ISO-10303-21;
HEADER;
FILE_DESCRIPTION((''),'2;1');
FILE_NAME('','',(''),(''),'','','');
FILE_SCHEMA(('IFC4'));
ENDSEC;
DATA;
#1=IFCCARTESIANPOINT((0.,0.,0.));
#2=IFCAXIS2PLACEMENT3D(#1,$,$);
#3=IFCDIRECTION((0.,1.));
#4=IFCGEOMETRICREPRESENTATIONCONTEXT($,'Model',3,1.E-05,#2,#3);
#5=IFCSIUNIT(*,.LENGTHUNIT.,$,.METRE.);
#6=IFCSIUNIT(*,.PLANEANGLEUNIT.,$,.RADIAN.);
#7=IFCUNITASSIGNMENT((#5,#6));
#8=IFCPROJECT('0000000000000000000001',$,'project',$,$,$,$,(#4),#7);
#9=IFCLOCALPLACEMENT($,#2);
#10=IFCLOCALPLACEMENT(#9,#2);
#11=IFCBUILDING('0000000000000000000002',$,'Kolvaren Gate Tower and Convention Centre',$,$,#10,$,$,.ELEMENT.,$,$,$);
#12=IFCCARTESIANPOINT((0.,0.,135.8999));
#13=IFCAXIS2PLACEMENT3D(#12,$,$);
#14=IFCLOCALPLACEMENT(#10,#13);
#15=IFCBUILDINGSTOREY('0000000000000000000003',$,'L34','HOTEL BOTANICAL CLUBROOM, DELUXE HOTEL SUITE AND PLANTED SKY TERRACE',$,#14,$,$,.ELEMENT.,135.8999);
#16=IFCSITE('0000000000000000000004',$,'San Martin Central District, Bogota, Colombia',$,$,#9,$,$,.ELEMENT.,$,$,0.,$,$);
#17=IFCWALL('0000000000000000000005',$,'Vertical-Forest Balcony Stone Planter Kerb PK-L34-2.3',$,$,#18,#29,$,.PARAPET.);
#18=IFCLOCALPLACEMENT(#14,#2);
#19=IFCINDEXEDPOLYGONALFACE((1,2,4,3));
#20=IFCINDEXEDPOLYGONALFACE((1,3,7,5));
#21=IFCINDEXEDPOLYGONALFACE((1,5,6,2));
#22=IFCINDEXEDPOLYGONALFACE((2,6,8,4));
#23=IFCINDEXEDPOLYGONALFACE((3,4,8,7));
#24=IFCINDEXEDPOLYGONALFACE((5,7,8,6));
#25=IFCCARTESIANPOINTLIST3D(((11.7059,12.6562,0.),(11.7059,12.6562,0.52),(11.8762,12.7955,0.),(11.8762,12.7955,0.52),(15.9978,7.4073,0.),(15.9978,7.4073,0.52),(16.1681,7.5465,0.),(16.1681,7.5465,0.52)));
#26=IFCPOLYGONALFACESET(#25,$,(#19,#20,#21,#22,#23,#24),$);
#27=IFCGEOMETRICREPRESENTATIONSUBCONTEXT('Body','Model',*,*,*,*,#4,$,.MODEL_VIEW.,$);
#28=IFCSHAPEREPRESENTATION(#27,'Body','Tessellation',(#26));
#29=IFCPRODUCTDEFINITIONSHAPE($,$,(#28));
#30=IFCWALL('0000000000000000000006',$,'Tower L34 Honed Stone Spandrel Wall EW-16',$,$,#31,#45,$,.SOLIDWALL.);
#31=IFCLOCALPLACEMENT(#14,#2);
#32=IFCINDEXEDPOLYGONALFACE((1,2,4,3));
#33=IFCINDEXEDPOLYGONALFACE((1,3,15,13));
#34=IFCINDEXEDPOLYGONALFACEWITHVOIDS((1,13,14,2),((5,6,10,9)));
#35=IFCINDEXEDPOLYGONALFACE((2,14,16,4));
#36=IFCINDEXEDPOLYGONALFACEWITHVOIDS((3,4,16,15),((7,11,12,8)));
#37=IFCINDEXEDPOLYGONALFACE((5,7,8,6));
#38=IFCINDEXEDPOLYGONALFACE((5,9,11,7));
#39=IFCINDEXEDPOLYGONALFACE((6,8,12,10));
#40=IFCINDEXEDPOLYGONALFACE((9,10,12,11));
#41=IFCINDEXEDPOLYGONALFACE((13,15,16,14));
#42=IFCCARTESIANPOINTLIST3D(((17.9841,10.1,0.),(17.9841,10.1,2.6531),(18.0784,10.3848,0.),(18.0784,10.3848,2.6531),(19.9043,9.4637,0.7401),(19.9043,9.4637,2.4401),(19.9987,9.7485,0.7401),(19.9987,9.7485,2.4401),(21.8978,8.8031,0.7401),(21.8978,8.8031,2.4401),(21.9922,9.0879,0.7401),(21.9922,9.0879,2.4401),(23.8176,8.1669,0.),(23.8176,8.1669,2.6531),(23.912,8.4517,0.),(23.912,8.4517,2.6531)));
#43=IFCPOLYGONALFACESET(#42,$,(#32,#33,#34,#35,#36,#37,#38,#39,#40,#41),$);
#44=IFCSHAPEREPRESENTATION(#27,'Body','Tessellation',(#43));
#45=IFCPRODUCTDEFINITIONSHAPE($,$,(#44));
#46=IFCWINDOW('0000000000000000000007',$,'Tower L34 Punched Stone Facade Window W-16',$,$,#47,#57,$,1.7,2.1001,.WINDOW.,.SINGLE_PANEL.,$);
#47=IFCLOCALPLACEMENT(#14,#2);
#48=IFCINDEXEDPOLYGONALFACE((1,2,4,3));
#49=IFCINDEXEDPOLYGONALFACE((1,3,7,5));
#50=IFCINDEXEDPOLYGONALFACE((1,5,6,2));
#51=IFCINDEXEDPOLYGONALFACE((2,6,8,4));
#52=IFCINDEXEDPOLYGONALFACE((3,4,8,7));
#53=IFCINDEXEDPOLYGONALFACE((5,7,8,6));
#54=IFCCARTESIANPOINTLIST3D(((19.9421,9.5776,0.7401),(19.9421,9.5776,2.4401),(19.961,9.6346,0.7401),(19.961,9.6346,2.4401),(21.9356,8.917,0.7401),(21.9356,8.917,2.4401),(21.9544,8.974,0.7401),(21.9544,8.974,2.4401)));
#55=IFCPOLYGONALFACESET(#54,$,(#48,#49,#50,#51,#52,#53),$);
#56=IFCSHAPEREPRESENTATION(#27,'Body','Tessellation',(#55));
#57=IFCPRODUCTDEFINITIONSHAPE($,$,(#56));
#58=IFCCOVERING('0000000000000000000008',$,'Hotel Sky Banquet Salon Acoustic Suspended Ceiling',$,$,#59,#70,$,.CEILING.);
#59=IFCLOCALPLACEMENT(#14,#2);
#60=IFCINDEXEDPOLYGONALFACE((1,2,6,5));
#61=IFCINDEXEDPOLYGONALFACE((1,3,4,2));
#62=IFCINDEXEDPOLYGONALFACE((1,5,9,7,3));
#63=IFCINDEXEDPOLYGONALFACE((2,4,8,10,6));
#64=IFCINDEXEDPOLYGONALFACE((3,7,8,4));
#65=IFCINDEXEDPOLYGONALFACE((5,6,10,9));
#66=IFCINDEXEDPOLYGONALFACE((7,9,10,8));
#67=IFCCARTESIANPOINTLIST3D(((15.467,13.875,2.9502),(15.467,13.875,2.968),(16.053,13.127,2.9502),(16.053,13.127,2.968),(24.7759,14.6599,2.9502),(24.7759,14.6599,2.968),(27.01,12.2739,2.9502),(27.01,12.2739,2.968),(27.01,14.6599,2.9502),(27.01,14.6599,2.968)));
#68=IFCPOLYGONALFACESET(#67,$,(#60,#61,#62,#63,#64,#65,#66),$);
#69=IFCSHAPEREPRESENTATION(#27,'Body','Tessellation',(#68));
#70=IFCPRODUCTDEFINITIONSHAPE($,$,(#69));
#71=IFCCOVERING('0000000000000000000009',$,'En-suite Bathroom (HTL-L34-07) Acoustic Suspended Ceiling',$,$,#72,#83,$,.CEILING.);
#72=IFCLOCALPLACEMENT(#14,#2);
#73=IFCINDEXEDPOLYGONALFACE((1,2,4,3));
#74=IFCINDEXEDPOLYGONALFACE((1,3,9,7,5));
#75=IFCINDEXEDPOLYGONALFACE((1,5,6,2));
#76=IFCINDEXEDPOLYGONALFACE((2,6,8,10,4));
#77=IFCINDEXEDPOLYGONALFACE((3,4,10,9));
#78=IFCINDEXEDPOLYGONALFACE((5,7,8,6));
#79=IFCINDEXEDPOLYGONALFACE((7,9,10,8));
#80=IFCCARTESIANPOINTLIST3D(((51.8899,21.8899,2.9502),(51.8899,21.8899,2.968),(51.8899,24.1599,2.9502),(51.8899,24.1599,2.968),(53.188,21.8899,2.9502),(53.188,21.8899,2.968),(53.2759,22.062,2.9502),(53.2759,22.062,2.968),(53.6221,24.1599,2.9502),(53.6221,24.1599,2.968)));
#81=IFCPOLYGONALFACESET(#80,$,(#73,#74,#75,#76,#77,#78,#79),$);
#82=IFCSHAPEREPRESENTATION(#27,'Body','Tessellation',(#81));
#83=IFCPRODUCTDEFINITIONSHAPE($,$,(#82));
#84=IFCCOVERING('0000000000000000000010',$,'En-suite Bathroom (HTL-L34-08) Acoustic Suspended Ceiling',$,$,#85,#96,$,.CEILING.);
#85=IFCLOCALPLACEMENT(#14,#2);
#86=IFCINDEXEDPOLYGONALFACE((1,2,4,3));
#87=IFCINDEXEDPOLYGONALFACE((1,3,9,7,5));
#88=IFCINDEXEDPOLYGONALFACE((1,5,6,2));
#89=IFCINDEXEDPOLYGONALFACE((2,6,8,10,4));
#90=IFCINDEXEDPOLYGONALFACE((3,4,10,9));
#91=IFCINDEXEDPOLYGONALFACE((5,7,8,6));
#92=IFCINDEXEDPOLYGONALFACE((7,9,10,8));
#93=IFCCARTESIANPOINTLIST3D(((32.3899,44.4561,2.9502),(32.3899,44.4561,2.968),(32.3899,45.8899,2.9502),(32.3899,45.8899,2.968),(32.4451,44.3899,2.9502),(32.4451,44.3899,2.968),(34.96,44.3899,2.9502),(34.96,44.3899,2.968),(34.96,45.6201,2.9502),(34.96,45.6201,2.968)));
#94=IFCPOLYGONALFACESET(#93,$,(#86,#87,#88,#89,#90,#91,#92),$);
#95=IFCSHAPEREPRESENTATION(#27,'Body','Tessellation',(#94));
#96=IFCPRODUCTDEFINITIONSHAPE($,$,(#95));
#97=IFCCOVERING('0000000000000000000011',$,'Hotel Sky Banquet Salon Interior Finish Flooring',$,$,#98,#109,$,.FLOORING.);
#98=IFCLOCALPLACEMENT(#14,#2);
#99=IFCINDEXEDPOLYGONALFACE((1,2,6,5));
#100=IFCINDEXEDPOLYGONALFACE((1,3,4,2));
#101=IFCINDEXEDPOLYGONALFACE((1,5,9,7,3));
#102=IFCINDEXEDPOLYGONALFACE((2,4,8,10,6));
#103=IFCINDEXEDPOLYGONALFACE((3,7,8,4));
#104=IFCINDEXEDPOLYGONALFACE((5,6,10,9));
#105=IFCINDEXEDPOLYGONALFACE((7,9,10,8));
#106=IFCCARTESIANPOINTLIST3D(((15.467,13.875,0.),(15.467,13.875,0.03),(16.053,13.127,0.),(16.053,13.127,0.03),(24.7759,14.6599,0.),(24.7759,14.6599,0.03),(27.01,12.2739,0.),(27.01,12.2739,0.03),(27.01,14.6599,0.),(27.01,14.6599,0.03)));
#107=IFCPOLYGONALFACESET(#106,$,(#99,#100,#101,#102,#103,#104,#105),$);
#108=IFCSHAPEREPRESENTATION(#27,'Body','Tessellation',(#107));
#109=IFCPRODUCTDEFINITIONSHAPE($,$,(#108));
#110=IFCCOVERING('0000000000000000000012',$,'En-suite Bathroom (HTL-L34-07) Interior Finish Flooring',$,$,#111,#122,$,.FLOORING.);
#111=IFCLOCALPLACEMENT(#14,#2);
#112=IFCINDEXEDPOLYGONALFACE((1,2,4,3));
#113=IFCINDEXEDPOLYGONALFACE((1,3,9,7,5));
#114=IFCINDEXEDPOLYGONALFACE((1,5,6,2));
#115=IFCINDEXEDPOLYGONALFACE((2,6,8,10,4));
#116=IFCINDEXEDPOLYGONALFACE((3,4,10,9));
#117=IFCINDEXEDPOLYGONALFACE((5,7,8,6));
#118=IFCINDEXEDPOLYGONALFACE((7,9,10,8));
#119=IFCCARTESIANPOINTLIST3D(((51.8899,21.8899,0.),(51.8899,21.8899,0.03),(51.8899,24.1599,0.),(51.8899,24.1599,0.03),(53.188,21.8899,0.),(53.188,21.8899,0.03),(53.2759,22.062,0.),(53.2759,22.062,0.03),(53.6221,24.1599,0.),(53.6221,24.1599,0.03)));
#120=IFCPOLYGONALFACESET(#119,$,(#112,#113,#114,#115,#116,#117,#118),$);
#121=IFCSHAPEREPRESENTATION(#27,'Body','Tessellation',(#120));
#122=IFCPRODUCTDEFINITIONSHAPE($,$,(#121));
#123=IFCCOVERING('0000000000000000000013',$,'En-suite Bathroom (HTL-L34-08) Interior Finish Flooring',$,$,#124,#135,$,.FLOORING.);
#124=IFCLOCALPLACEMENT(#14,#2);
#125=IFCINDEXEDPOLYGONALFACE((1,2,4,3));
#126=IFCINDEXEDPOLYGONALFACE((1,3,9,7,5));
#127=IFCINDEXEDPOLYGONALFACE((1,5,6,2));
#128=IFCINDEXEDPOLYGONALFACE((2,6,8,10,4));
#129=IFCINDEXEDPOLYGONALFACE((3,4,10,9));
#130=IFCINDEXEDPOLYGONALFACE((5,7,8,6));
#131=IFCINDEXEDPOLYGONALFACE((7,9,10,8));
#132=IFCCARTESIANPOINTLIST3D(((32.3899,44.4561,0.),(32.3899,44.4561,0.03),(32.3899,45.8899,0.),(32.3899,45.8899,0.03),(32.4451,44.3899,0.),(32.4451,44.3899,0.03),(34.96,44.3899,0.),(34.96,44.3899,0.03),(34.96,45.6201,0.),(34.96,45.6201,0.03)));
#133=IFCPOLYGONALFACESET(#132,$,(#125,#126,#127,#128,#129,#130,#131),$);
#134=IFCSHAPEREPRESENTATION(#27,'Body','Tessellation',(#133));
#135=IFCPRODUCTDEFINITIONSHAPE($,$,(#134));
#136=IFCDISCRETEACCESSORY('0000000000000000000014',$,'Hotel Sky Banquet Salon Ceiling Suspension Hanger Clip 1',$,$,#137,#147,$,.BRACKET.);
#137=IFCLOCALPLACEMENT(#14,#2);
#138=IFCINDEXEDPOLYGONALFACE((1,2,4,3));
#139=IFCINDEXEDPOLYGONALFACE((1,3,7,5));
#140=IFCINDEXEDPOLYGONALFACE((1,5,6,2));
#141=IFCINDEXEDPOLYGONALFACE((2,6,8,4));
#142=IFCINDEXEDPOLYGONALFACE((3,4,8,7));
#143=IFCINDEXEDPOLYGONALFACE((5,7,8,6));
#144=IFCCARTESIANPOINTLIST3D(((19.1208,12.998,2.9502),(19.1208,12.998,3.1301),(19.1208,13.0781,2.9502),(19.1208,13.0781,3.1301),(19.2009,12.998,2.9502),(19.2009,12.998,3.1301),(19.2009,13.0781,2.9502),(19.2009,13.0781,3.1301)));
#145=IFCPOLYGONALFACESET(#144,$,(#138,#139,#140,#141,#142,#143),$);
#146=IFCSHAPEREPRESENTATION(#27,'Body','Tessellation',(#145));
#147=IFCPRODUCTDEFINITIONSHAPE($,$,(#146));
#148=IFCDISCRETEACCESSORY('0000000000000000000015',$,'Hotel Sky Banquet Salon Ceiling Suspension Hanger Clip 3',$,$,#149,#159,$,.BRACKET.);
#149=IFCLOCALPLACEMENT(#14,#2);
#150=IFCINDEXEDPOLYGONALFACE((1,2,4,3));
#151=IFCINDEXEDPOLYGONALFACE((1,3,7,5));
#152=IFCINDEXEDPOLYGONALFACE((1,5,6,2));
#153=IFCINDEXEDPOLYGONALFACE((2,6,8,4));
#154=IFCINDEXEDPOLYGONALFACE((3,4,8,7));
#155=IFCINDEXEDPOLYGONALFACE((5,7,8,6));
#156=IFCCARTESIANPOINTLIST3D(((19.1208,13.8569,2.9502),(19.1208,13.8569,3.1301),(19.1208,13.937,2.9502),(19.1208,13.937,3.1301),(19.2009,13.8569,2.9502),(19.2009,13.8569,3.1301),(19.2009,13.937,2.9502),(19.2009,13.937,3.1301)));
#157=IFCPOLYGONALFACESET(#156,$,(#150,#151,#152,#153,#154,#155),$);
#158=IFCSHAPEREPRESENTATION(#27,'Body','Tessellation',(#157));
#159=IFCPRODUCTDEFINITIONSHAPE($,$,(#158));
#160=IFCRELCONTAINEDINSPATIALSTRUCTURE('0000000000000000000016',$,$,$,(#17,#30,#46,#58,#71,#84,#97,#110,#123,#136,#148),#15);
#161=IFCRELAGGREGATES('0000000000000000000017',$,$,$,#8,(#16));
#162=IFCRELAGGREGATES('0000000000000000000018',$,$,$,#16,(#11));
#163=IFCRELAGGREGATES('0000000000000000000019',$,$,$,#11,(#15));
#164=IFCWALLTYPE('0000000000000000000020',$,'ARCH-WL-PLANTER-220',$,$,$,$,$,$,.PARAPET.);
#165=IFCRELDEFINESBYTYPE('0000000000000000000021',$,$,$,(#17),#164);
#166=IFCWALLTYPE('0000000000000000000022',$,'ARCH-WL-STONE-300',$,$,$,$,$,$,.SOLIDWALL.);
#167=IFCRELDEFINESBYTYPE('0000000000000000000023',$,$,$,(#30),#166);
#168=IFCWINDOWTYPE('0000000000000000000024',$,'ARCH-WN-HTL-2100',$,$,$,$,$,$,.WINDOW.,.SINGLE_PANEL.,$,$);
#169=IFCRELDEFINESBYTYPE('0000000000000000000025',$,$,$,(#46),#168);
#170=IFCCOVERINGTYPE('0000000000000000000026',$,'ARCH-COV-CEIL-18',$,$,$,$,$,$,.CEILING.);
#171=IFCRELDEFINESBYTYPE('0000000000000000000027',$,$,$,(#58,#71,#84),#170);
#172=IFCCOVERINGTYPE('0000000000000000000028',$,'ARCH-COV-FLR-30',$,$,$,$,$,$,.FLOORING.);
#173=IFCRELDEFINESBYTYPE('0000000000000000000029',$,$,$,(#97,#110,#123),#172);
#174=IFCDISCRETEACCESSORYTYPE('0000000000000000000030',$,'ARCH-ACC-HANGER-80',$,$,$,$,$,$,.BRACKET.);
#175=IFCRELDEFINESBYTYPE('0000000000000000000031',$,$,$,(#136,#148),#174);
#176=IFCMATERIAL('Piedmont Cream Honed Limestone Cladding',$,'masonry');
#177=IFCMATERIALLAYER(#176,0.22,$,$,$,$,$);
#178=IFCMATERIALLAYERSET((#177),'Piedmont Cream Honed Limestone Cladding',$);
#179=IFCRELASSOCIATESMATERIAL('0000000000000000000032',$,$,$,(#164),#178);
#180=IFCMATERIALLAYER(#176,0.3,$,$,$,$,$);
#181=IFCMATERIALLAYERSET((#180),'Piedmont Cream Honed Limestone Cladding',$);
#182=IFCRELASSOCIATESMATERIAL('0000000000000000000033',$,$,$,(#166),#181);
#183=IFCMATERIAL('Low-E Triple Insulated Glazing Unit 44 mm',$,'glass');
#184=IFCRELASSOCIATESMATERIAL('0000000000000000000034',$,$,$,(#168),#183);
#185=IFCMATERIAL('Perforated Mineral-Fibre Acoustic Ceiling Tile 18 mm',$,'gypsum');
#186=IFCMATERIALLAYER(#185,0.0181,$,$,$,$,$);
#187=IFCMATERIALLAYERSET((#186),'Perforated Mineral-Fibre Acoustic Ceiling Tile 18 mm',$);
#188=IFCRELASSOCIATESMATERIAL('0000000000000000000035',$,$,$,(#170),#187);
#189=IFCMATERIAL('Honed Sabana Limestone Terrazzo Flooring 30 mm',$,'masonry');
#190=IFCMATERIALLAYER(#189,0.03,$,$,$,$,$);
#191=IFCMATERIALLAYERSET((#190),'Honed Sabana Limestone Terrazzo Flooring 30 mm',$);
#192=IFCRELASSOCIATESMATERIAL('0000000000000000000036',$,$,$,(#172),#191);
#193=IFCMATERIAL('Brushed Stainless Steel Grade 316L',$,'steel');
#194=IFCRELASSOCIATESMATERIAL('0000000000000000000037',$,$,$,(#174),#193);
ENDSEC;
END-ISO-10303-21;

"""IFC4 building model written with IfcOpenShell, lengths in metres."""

from ifc_helpers import new_model, si_unit, direction, frame, frame_2d, origin, origin_2d, place, context, subcontext, project, spatial, polyline, rectangle, outline, extrude, material, layer, layer_set, type_object, element, fill, save


model = new_model("IFC4")

# Units and contexts
model_context = context("Model", 3, precision=1e-05, world=origin(), true_north=direction((0.0, 1.0)))
body_context = subcontext(model_context, "Body", "Model", "MODEL_VIEW")
ifc_project = project(units=[si_unit("LENGTHUNIT", "METRE"), si_unit("PLANEANGLEUNIT", "RADIAN")], contexts=[model_context])

# Site, building, storey
site_placement = place(None, origin())
site = spatial("IfcSite", under=ifc_project, at=site_placement, Name="San Martin Central District, Bogota, Colombia", CompositionType="ELEMENT", RefElevation=0.0)
building_placement = place(site_placement, origin())
building = spatial("IfcBuilding", under=site, at=building_placement, Name="Kolvaren Gate Tower and Convention Centre", CompositionType="ELEMENT")
storey_placement = place(building_placement, frame((0.0, 0.0, 135.8999)))
storey = spatial("IfcBuildingStorey", under=building, at=storey_placement, Name="L34", Description="HOTEL BOTANICAL CLUBROOM, DELUXE HOTEL SUITE AND PLANTED SKY TERRACE", CompositionType="ELEMENT", Elevation=135.8999)

# Wall
ifc_material_1 = material(Name="Piedmont Cream Honed Limestone Cladding", Category="masonry")
ifc_layer_1 = layer(ifc_material_1, 0.22)
ifc_layer_set_1 = layer_set([ifc_layer_1], Name="Piedmont Cream Honed Limestone Cladding")
wall_type_1 = type_object("IfcWallType", Name="ARCH-WL-PLANTER-220", PredefinedType="PARAPET", material=ifc_layer_set_1)
wall_1_placement = place(storey_placement, frame((11.791, 12.7258, 0.0), z_axis=(0.0, 0.0, 1.0), x_axis=(0.633002, -0.77415, 0.0)))
element("IfcWall", 1, at=wall_1_placement, inside=storey, type_object=wall_type_1, Name="Vertical-Forest Balcony Stone Planter Kerb PK-L34-2.3", PredefinedType="PARAPET", context=body_context, shape_type="SweptSolid", body=[
    extrude(rectangle(XDim=6.7803, YDim=0.22, at=frame_2d((3.3901, 0.0))), origin(), (0.0, 0.0, 1.0), 0.52),
])

# Wall, opening, window
ifc_layer_2 = layer(ifc_material_1, 0.3)
ifc_layer_set_2 = layer_set([ifc_layer_2], Name="Piedmont Cream Honed Limestone Cladding")
wall_type_2 = type_object("IfcWallType", Name="ARCH-WL-STONE-300", PredefinedType="SOLIDWALL", material=ifc_layer_set_2)
wall_2_placement = place(storey_placement, frame((18.0312, 10.2424, 0.0), z_axis=(0.0, 0.0, 1.0), x_axis=(0.949238, -0.314559, 0.0)))
wall_2 = element("IfcWall", 2, at=wall_2_placement, inside=storey, type_object=wall_type_2, Name="Tower L34 Honed Stone Spandrel Wall EW-16", PredefinedType="SOLIDWALL", context=body_context, shape_type="SweptSolid", body=[
    extrude(rectangle(XDim=6.1455, YDim=0.3, at=frame_2d((3.0728, 0.0))), origin(), (0.0, 0.0, 1.0), 2.6531),
])
opening_placement = place(wall_2_placement, frame((2.0229, 0.0, 0.74)))
opening = element("IfcOpeningElement", 3, at=opening_placement, cuts=wall_2, PredefinedType="OPENING", context=body_context, shape_type="SweptSolid", body=[
    extrude(rectangle(XDim=2.1001, YDim=1.7, at=frame_2d((1.05, 0.8501))), frame((0.0, 0.1599, 0.0), z_axis=(0.0, -1.0, 0.0), x_axis=(1.0, 0.0, 0.0)), (0.0, 0.0, 1.0), 0.3201),
])
ifc_material_2 = material(Name="Low-E Triple Insulated Glazing Unit 44 mm", Category="glass")
window_type = type_object("IfcWindowType", Name="ARCH-WN-HTL-2100", PartitioningType="SINGLE_PANEL", PredefinedType="WINDOW", material=ifc_material_2)
window_placement = place(opening_placement, origin())
window = element("IfcWindow", 4, at=window_placement, inside=storey, type_object=window_type, Name="Tower L34 Punched Stone Facade Window W-16", OverallHeight=1.7, OverallWidth=2.1001, PartitioningType="SINGLE_PANEL", PredefinedType="WINDOW", context=body_context, shape_type="SweptSolid", body=[
    extrude(rectangle(XDim=2.1001, YDim=1.7, at=frame_2d((1.05, 0.8501))), frame((0.0, 0.03, 0.0), z_axis=(0.0, -1.0, 0.0), x_axis=(1.0, 0.0, 0.0)), (0.0, 0.0, 1.0), 0.0601),
])
fill(opening, window)

# Coverings
ifc_material_3 = material(Name="Perforated Mineral-Fibre Acoustic Ceiling Tile 18 mm", Category="gypsum")
ifc_layer_3 = layer(ifc_material_3, 0.0181)
ifc_layer_set_3 = layer_set([ifc_layer_3], Name="Perforated Mineral-Fibre Acoustic Ceiling Tile 18 mm")
covering_type_1 = type_object("IfcCoveringType", Name="ARCH-COV-CEIL-18", PredefinedType="CEILING", material=ifc_layer_set_3)
covering_1_placement = place(storey_placement, frame((0.0, 0.0, 2.9502)))
element("IfcCovering", 5, at=covering_1_placement, inside=storey, type_object=covering_type_1, Name="Hotel Sky Banquet Salon Acoustic Suspended Ceiling", PredefinedType="CEILING", context=body_context, shape_type="SweptSolid", body=[
    extrude(outline(polyline([(16.053, 13.127), (15.467, 13.875), (24.7759, 14.6599), (27.01, 14.6599), (27.01, 12.2739), (16.053, 13.127)])), origin(), (0.0, 0.0, 1.0), 0.0178),
])
covering_2_placement = place(storey_placement, frame((0.0, 0.0, 2.9502)))
element("IfcCovering", 6, at=covering_2_placement, inside=storey, type_object=covering_type_1, Name="En-suite Bathroom (HTL-L34-07) Acoustic Suspended Ceiling", PredefinedType="CEILING", context=body_context, shape_type="SweptSolid", body=[
    extrude(outline(polyline([(51.8899, 21.8899), (51.8899, 24.1599), (53.6221, 24.1599), (53.2759, 22.062), (53.188, 21.8899), (51.8899, 21.8899)])), origin(), (0.0, 0.0, 1.0), 0.0178),
])
covering_3_placement = place(storey_placement, frame((0.0, 0.0, 2.9502)))
element("IfcCovering", 7, at=covering_3_placement, inside=storey, type_object=covering_type_1, Name="En-suite Bathroom (HTL-L34-08) Acoustic Suspended Ceiling", PredefinedType="CEILING", context=body_context, shape_type="SweptSolid", body=[
    extrude(outline(polyline([(34.96, 44.3899), (32.4451, 44.3899), (32.3899, 44.4561), (32.3899, 45.8899), (34.96, 45.6201), (34.96, 44.3899)])), origin(), (0.0, 0.0, 1.0), 0.0178),
])
ifc_material_4 = material(Name="Honed Sabana Limestone Terrazzo Flooring 30 mm", Category="masonry")
ifc_layer_4 = layer(ifc_material_4, 0.03)
ifc_layer_set_4 = layer_set([ifc_layer_4], Name="Honed Sabana Limestone Terrazzo Flooring 30 mm")
covering_type_2 = type_object("IfcCoveringType", Name="ARCH-COV-FLR-30", PredefinedType="FLOORING", material=ifc_layer_set_4)
covering_4_placement = place(storey_placement, origin())
element("IfcCovering", 8, at=covering_4_placement, inside=storey, type_object=covering_type_2, Name="Hotel Sky Banquet Salon Interior Finish Flooring", PredefinedType="FLOORING", context=body_context, shape_type="SweptSolid", body=[
    extrude(outline(polyline([(16.053, 13.127), (15.467, 13.875), (24.7759, 14.6599), (27.01, 14.6599), (27.01, 12.2739), (16.053, 13.127)])), origin(), (0.0, 0.0, 1.0), 0.03),
])
covering_5_placement = place(storey_placement, origin())
element("IfcCovering", 9, at=covering_5_placement, inside=storey, type_object=covering_type_2, Name="En-suite Bathroom (HTL-L34-07) Interior Finish Flooring", PredefinedType="FLOORING", context=body_context, shape_type="SweptSolid", body=[
    extrude(outline(polyline([(51.8899, 21.8899), (51.8899, 24.1599), (53.6221, 24.1599), (53.2759, 22.062), (53.188, 21.8899), (51.8899, 21.8899)])), origin(), (0.0, 0.0, 1.0), 0.03),
])
covering_6_placement = place(storey_placement, origin())
element("IfcCovering", 10, at=covering_6_placement, inside=storey, type_object=covering_type_2, Name="En-suite Bathroom (HTL-L34-08) Interior Finish Flooring", PredefinedType="FLOORING", context=body_context, shape_type="SweptSolid", body=[
    extrude(outline(polyline([(34.96, 44.3899), (32.4451, 44.3899), (32.3899, 44.4561), (32.3899, 45.8899), (34.96, 45.6201), (34.96, 44.3899)])), origin(), (0.0, 0.0, 1.0), 0.03),
])

# Discrete accessories
ifc_material_5 = material(Name="Brushed Stainless Steel Grade 316L", Category="steel")
discrete_accessory_type = type_object("IfcDiscreteAccessoryType", Name="ARCH-ACC-HANGER-80", PredefinedType="BRACKET", material=ifc_material_5)
for number, where, z_axis, x_axis, name in (
    (11, (19.1609, 13.0381, 2.9502), (0.0, 0.0, 1.0), (1.0, 0.0, 0.0), "Hotel Sky Banquet Salon Ceiling Suspension Hanger Clip 1"),
    (12, (19.1609, 13.897, 2.9502), (0.0, 0.0, 1.0), (1.0, 0.0, 0.0), "Hotel Sky Banquet Salon Ceiling Suspension Hanger Clip 3"),
):
    element("IfcDiscreteAccessory", number, at=place(storey_placement, frame(where, z_axis=z_axis, x_axis=x_axis)), inside=storey, type_object=discrete_accessory_type, Name=name, PredefinedType="BRACKET", context=body_context, shape_type="SweptSolid", body=[
        extrude(rectangle(XDim=0.0801, YDim=0.0801, at=origin_2d()), origin(), (0.0, 0.0, 1.0), 0.1799),
    ])

save(model, "model.ifc")
